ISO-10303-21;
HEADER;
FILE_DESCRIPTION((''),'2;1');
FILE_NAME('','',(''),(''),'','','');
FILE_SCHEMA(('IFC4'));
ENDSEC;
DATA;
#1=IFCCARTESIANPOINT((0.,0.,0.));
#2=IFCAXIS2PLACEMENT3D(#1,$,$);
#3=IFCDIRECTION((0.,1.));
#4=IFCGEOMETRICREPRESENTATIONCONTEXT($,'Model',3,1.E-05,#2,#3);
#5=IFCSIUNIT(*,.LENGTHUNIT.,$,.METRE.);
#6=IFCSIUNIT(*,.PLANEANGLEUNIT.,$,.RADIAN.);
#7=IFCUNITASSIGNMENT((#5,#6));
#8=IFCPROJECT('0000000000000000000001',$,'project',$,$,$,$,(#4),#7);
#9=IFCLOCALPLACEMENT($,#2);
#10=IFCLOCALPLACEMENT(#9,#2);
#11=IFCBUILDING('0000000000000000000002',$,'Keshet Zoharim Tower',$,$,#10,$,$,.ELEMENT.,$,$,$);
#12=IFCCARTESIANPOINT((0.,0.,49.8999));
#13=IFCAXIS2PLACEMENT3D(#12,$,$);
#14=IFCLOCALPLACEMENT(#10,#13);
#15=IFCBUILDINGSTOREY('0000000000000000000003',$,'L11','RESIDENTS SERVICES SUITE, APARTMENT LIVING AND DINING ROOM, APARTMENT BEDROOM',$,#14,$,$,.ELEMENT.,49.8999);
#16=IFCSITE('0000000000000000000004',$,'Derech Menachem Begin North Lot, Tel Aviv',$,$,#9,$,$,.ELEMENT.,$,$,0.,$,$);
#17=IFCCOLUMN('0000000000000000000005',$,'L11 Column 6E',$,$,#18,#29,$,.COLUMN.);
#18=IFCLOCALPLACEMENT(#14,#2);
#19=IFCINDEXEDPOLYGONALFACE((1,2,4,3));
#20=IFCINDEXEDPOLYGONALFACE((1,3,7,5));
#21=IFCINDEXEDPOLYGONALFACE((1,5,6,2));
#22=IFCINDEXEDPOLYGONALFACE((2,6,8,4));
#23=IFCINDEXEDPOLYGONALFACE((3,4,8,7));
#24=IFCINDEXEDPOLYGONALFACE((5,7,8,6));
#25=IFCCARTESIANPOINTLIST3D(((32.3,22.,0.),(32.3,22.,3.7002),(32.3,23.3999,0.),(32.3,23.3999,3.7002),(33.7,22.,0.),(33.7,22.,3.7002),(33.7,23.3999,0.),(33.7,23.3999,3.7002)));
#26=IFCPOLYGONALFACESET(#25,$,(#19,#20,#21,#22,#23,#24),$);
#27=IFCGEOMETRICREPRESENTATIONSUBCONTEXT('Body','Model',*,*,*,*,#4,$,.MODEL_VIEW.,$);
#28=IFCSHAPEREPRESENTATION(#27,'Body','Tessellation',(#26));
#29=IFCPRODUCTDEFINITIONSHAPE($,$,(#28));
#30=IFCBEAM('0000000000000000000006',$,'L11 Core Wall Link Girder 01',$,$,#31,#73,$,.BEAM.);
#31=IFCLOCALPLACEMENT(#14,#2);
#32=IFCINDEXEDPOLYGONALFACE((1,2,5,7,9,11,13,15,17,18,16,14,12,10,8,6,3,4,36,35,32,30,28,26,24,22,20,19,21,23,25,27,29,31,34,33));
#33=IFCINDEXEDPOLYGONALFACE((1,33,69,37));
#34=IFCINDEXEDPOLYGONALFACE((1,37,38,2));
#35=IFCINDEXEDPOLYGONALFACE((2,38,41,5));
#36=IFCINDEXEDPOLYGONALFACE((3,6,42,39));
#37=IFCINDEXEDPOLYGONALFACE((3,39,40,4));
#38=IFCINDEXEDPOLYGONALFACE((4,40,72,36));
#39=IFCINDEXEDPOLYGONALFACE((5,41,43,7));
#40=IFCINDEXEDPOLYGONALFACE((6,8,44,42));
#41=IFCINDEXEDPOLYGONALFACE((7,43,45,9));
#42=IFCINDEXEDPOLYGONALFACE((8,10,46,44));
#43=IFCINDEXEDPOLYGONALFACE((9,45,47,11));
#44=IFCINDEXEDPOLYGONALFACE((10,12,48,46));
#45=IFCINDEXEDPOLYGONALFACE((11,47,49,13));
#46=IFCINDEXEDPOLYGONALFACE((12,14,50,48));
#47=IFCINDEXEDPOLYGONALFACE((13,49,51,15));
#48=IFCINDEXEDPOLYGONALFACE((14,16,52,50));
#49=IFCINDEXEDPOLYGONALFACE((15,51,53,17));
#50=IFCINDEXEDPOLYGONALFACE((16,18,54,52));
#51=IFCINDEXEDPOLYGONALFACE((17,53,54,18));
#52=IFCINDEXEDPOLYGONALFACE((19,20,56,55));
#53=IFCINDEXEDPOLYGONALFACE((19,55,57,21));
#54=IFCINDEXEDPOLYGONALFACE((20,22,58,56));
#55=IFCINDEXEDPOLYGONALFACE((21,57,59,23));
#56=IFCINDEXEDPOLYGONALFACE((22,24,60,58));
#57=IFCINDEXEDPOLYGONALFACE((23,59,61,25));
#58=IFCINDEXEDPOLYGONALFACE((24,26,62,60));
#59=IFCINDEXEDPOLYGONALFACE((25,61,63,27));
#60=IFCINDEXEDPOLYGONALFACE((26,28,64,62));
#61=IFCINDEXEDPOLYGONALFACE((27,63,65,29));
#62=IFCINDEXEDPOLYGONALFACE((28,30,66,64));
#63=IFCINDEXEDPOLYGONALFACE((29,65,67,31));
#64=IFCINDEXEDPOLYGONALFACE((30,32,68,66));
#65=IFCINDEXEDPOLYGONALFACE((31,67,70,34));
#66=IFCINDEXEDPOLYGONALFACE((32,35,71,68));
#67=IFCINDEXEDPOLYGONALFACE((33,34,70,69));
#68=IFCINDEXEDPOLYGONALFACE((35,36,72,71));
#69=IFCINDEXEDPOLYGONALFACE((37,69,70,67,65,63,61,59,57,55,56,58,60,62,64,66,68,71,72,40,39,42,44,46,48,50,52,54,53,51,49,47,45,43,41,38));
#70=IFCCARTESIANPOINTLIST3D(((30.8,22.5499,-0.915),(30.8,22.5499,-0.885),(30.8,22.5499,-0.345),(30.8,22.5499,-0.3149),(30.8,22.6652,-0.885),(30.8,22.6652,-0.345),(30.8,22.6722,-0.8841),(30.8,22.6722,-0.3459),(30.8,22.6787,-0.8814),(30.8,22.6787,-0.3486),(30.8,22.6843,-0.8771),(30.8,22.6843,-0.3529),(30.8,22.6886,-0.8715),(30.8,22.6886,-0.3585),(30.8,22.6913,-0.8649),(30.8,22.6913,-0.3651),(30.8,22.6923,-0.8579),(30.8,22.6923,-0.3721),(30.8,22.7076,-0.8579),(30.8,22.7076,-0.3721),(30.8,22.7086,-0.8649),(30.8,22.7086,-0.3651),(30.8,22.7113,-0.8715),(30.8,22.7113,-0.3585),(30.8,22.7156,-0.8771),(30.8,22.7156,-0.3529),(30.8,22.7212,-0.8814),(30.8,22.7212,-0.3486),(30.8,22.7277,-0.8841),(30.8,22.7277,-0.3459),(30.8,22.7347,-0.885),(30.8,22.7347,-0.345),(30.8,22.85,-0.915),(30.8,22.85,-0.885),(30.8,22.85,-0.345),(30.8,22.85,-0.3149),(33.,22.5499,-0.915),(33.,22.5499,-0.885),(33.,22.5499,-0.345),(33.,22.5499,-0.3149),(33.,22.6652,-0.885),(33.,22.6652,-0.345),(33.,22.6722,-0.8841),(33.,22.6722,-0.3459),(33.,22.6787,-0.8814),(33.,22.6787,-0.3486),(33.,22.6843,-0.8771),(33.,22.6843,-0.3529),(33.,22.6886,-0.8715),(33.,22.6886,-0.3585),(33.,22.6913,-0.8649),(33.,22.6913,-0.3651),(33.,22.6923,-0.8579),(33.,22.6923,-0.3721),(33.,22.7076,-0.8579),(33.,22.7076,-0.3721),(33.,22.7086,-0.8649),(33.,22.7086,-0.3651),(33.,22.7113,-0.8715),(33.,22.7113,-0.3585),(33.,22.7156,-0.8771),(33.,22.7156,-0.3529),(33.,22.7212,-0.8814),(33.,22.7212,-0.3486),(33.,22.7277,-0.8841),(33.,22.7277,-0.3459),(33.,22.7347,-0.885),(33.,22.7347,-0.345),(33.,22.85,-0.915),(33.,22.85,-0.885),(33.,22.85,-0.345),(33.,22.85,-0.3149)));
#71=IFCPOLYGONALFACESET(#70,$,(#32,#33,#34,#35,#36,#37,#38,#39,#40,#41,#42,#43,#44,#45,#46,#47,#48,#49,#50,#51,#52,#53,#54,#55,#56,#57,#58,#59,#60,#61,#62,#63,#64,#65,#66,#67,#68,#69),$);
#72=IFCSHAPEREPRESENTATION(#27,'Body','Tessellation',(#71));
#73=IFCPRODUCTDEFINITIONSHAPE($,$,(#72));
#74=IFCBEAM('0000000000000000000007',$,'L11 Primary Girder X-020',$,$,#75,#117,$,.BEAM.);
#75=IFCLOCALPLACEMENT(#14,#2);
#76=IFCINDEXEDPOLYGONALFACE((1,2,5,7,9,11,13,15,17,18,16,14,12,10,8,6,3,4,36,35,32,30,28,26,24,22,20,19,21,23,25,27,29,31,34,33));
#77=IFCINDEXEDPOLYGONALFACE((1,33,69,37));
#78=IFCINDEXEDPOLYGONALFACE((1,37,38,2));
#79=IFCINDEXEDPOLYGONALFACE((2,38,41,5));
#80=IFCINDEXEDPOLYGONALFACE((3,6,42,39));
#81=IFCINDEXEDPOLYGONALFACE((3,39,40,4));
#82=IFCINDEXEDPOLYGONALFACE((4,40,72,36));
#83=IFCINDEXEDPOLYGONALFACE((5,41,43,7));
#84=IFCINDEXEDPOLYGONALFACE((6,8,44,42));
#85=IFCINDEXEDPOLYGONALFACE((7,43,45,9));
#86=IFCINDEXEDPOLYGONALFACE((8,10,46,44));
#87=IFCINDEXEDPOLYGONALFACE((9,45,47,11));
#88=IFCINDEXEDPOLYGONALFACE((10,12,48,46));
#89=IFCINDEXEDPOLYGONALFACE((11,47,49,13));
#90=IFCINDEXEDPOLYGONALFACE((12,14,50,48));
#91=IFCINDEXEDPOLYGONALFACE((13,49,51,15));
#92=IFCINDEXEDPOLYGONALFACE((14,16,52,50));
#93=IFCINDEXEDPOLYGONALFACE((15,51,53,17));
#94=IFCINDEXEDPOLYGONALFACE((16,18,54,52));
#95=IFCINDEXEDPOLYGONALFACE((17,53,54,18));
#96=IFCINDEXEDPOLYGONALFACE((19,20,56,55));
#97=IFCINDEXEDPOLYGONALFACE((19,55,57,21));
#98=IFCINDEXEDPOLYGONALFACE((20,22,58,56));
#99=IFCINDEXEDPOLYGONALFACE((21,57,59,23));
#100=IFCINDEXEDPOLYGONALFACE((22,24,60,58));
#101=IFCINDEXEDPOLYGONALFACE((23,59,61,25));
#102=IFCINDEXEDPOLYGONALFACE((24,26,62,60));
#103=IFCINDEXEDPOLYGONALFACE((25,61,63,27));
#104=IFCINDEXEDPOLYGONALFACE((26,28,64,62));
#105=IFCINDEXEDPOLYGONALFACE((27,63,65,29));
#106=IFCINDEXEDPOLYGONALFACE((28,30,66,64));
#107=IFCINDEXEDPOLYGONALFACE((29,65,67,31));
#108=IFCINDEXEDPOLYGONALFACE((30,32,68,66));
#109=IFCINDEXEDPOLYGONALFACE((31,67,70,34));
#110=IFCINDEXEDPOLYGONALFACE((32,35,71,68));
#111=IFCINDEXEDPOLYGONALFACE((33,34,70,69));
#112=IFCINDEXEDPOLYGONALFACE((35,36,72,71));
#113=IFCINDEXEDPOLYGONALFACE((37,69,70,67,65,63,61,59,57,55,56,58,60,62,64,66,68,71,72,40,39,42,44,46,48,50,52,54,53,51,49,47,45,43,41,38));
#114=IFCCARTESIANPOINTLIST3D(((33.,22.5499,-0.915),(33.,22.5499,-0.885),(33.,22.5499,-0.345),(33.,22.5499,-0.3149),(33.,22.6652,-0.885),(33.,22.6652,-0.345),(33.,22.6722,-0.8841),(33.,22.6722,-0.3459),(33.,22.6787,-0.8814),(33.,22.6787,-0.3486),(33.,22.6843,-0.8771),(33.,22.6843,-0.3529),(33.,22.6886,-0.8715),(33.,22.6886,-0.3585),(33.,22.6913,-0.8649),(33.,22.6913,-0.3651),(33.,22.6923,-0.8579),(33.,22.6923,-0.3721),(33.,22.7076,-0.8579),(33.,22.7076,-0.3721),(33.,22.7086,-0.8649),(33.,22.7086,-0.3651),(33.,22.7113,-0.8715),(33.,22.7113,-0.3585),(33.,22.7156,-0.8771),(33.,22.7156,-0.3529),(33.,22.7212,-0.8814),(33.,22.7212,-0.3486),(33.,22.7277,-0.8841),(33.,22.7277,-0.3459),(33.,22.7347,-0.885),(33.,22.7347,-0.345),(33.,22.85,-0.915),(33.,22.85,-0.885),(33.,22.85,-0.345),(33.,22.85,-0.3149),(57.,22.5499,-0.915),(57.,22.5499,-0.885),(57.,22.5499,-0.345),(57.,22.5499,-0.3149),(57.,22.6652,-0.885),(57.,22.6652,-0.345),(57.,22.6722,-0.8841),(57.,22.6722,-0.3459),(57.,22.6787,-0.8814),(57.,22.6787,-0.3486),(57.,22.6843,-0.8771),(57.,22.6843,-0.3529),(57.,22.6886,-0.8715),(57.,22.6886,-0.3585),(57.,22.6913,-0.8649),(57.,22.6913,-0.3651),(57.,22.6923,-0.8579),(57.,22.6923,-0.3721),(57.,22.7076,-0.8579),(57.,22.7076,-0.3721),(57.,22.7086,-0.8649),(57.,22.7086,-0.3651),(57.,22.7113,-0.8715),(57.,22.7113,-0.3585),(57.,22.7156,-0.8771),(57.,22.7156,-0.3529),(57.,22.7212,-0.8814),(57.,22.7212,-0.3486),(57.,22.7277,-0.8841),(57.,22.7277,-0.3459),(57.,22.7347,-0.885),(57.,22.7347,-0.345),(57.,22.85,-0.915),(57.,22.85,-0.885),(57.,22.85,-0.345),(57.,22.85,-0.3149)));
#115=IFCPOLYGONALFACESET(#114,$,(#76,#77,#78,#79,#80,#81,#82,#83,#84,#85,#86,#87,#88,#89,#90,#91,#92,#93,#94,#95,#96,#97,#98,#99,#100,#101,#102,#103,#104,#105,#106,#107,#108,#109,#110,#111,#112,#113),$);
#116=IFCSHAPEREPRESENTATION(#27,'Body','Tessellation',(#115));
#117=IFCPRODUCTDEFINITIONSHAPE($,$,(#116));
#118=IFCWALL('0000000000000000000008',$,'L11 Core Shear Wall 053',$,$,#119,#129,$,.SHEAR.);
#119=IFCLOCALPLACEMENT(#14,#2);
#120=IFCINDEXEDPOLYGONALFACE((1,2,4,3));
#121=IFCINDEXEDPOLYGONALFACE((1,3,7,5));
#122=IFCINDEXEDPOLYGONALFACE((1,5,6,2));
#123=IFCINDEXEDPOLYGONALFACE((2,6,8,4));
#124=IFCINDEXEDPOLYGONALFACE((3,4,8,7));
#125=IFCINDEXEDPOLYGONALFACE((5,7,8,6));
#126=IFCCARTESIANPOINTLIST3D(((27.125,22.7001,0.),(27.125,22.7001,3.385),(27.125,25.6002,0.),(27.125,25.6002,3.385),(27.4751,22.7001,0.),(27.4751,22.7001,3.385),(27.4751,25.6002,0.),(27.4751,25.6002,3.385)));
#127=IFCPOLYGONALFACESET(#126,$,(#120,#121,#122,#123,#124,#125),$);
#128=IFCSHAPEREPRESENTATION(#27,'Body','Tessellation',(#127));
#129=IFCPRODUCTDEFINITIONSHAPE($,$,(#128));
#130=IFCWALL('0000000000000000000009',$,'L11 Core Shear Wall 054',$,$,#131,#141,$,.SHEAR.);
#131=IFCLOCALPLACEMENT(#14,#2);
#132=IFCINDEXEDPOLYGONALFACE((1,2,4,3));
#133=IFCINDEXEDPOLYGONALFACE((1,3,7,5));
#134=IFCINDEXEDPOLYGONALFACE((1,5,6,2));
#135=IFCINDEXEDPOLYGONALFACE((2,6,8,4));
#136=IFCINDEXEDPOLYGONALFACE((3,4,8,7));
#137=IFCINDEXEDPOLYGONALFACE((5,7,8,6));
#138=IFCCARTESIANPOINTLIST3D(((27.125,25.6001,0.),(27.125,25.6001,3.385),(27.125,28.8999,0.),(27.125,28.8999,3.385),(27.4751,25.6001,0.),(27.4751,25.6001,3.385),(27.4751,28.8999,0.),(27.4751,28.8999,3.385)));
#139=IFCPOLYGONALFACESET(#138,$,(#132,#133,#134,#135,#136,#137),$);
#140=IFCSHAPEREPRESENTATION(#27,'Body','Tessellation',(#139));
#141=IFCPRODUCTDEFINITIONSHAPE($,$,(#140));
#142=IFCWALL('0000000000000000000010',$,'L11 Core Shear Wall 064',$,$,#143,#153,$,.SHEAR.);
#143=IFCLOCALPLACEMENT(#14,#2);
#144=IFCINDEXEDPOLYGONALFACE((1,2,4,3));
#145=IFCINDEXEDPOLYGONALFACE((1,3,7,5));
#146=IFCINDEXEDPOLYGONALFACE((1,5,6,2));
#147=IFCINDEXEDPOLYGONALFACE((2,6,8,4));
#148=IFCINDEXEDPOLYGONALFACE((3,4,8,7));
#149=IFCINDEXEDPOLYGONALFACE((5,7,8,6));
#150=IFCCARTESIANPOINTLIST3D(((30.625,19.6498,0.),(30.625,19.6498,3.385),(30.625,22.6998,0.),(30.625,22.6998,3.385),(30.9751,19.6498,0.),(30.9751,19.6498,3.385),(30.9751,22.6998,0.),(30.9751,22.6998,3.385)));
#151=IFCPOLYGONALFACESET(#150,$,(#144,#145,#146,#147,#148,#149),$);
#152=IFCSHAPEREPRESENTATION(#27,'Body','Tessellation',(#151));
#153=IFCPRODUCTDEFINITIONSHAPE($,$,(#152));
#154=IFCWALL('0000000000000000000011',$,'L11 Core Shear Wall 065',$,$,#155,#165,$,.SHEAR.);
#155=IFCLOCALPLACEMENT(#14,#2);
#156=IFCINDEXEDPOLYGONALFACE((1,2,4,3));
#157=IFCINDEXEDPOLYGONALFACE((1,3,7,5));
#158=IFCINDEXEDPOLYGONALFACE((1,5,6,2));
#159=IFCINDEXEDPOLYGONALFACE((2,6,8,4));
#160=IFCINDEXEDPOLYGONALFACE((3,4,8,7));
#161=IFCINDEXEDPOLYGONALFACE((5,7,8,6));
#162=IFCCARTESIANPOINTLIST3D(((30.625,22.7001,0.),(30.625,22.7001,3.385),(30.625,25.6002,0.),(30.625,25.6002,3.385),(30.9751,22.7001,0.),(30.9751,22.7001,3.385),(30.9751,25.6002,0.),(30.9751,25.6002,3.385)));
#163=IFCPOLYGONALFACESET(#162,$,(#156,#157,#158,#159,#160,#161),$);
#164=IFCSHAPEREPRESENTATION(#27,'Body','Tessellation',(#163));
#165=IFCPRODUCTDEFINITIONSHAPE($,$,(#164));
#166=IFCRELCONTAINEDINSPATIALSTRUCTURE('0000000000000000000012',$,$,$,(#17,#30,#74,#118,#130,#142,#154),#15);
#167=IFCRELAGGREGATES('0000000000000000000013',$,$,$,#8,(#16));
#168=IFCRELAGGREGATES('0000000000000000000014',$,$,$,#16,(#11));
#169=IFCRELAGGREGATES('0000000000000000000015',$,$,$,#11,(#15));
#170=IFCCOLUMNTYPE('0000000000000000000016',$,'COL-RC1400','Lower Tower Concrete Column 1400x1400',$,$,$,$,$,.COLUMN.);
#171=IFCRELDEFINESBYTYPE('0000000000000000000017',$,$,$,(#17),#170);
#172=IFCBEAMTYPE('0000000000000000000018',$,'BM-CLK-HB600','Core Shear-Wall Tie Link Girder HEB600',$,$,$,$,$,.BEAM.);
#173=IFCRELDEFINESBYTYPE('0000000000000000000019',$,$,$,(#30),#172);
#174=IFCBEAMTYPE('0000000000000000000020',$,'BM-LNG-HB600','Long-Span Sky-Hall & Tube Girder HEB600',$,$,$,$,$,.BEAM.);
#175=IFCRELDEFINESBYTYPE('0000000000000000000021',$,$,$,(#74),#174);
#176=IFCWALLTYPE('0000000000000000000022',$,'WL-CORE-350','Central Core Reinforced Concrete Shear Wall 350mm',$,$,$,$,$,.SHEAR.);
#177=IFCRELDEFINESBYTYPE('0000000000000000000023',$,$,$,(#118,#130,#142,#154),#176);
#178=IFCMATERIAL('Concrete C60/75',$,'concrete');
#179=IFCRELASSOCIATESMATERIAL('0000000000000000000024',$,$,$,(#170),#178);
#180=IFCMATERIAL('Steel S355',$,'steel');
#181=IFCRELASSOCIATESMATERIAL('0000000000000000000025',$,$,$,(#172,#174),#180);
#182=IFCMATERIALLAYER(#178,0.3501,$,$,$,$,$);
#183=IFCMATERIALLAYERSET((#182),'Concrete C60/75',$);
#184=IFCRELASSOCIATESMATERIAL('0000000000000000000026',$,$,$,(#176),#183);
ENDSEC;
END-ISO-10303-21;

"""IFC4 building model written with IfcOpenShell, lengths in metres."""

from ifc_helpers import new_model, si_unit, direction, frame, frame_2d, origin, origin_2d, place, context, subcontext, project, spatial, rectangle, i_section, extrude, material, layer, layer_set, material_profile, profile_set, type_object, element, save


model = new_model("IFC4")

# Units and contexts
model_context = context("Model", 3, precision=1e-05, world=origin(), true_north=direction((0.0, 1.0)))
body_context = subcontext(model_context, "Body", "Model", "MODEL_VIEW")
ifc_project = project(units=[si_unit("LENGTHUNIT", "METRE"), si_unit("PLANEANGLEUNIT", "RADIAN")], contexts=[model_context])

# Site, building, storey
site_placement = place(None, origin())
site = spatial("IfcSite", under=ifc_project, at=site_placement, Name="Derech Menachem Begin North Lot, Tel Aviv", CompositionType="ELEMENT", RefElevation=0.0)
building_placement = place(site_placement, origin())
building = spatial("IfcBuilding", under=site, at=building_placement, Name="Keshet Zoharim Tower", CompositionType="ELEMENT")
storey_placement = place(building_placement, frame((0.0, 0.0, 49.8999)))
storey = spatial("IfcBuildingStorey", under=building, at=storey_placement, Name="L11", Description="RESIDENTS SERVICES SUITE, APARTMENT LIVING AND DINING ROOM, APARTMENT BEDROOM", CompositionType="ELEMENT", Elevation=49.8999)

# Column
ifc_material_1 = material(Name="Concrete C60/75", Category="concrete")
ifc_material_profile_1 = material_profile(ifc_material_1, rectangle(XDim=1.3999, YDim=1.3999, at=origin_2d()), Name="RC1400x1400")
ifc_profile_set_1 = profile_set([ifc_material_profile_1], Name="Concrete C60/75")
column_type = type_object("IfcColumnType", Name="COL-RC1400", Description="Lower Tower Concrete Column 1400x1400", PredefinedType="COLUMN", material=ifc_profile_set_1)
column_placement = place(storey_placement, frame((33.0, 22.7, 0.0), z_axis=(0.0, 0.0, 1.0), x_axis=(1.0, 0.0, 0.0)))
element("IfcColumn", 1, at=column_placement, inside=storey, type_object=column_type, Name="L11 Column 6E", PredefinedType="COLUMN", context=body_context, shape_type="SweptSolid", body=[
    extrude(rectangle(XDim=1.3999, YDim=1.3999, at=origin_2d()), origin(), (0.0, 0.0, 1.0), 3.7002),
])

# Beams
ifc_material_2 = material(Name="Steel S355", Category="steel")
ifc_material_profile_2 = material_profile(ifc_material_2, i_section(OverallWidth=0.3, OverallDepth=0.6001, WebThickness=0.0154, FlangeThickness=0.03, FilletRadius=0.0271, at=origin_2d()), Name="HEB600")
ifc_profile_set_2 = profile_set([ifc_material_profile_2], Name="Steel S355")
beam_type_1 = type_object("IfcBeamType", Name="BM-CLK-HB600", Description="Core Shear-Wall Tie Link Girder HEB600", PredefinedType="BEAM", material=ifc_profile_set_2)
beam_1_placement = place(storey_placement, frame((30.8, 22.7, -0.615), z_axis=(1.0, 0.0, 0.0), x_axis=(0.0, 1.0, 0.0)))
element("IfcBeam", 2, at=beam_1_placement, inside=storey, type_object=beam_type_1, Name="L11 Core Wall Link Girder 01", PredefinedType="BEAM", context=body_context, shape_type="SweptSolid", body=[
    extrude(i_section(OverallWidth=0.3, OverallDepth=0.6001, WebThickness=0.0154, FlangeThickness=0.03, FilletRadius=0.0271, at=origin_2d()), origin(), (0.0, 0.0, 1.0), 2.2),
])
ifc_material_profile_3 = material_profile(ifc_material_2, i_section(OverallWidth=0.3, OverallDepth=0.6001, WebThickness=0.0154, FlangeThickness=0.03, FilletRadius=0.0271, at=origin_2d()), Name="HEB600")
ifc_profile_set_3 = profile_set([ifc_material_profile_3], Name="Steel S355")
beam_type_2 = type_object("IfcBeamType", Name="BM-LNG-HB600", Description="Long-Span Sky-Hall & Tube Girder HEB600", PredefinedType="BEAM", material=ifc_profile_set_3)
beam_2_placement = place(storey_placement, frame((33.0, 22.7, -0.615), z_axis=(1.0, 0.0, 0.0), x_axis=(0.0, 1.0, 0.0)))
element("IfcBeam", 3, at=beam_2_placement, inside=storey, type_object=beam_type_2, Name="L11 Primary Girder X-020", PredefinedType="BEAM", context=body_context, shape_type="SweptSolid", body=[
    extrude(i_section(OverallWidth=0.3, OverallDepth=0.6001, WebThickness=0.0154, FlangeThickness=0.03, FilletRadius=0.0271, at=origin_2d()), origin(), (0.0, 0.0, 1.0), 24.0),
])

# Shared definitions
ifc_layer_1 = layer(ifc_material_1, 0.3501)
ifc_layer_set_1 = layer_set([ifc_layer_1], Name="Concrete C60/75")
wall_type_1 = type_object("IfcWallType", Name="WL-CORE-350", Description="Central Core Reinforced Concrete Shear Wall 350mm", PredefinedType="SHEAR", material=ifc_layer_set_1)

# Walls
wall_1_placement = place(storey_placement, frame((27.3, 22.7, 0.0), z_axis=(0.0, 0.0, 1.0), x_axis=(0.0, 1.0, 0.0)))
element("IfcWall", 4, at=wall_1_placement, inside=storey, type_object=wall_type_1, Name="L11 Core Shear Wall 053", PredefinedType="SHEAR", context=body_context, shape_type="SweptSolid", body=[
    extrude(rectangle(XDim=2.9001, YDim=0.3501, at=frame_2d((1.4502, 0.0))), origin(), (0.0, 0.0, 1.0), 3.385),
])
wall_2_placement = place(storey_placement, frame((27.3, 25.6001, 0.0), z_axis=(0.0, 0.0, 1.0), x_axis=(0.0, 1.0, 0.0)))
element("IfcWall", 5, at=wall_2_placement, inside=storey, type_object=wall_type_1, Name="L11 Core Shear Wall 054", PredefinedType="SHEAR", context=body_context, shape_type="SweptSolid", body=[
    extrude(rectangle(XDim=3.2998, YDim=0.3501, at=frame_2d((1.6499, 0.0))), origin(), (0.0, 0.0, 1.0), 3.385),
])
wall_3_placement = place(storey_placement, frame((30.8, 19.6499, 0.0), z_axis=(0.0, 0.0, 1.0), x_axis=(0.0, 1.0, 0.0)))
element("IfcWall", 6, at=wall_3_placement, inside=storey, type_object=wall_type_1, Name="L11 Core Shear Wall 064", PredefinedType="SHEAR", context=body_context, shape_type="SweptSolid", body=[
    extrude(rectangle(XDim=3.05, YDim=0.3501, at=frame_2d((1.5249, 0.0))), origin(), (0.0, 0.0, 1.0), 3.385),
])
wall_4_placement = place(storey_placement, frame((30.8, 22.7, 0.0), z_axis=(0.0, 0.0, 1.0), x_axis=(0.0, 1.0, 0.0)))
element("IfcWall", 7, at=wall_4_placement, inside=storey, type_object=wall_type_1, Name="L11 Core Shear Wall 065", PredefinedType="SHEAR", context=body_context, shape_type="SweptSolid", body=[
    extrude(rectangle(XDim=2.9001, YDim=0.3501, at=frame_2d((1.4502, 0.0))), origin(), (0.0, 0.0, 1.0), 3.385),
])

save(model, "model.ifc")
